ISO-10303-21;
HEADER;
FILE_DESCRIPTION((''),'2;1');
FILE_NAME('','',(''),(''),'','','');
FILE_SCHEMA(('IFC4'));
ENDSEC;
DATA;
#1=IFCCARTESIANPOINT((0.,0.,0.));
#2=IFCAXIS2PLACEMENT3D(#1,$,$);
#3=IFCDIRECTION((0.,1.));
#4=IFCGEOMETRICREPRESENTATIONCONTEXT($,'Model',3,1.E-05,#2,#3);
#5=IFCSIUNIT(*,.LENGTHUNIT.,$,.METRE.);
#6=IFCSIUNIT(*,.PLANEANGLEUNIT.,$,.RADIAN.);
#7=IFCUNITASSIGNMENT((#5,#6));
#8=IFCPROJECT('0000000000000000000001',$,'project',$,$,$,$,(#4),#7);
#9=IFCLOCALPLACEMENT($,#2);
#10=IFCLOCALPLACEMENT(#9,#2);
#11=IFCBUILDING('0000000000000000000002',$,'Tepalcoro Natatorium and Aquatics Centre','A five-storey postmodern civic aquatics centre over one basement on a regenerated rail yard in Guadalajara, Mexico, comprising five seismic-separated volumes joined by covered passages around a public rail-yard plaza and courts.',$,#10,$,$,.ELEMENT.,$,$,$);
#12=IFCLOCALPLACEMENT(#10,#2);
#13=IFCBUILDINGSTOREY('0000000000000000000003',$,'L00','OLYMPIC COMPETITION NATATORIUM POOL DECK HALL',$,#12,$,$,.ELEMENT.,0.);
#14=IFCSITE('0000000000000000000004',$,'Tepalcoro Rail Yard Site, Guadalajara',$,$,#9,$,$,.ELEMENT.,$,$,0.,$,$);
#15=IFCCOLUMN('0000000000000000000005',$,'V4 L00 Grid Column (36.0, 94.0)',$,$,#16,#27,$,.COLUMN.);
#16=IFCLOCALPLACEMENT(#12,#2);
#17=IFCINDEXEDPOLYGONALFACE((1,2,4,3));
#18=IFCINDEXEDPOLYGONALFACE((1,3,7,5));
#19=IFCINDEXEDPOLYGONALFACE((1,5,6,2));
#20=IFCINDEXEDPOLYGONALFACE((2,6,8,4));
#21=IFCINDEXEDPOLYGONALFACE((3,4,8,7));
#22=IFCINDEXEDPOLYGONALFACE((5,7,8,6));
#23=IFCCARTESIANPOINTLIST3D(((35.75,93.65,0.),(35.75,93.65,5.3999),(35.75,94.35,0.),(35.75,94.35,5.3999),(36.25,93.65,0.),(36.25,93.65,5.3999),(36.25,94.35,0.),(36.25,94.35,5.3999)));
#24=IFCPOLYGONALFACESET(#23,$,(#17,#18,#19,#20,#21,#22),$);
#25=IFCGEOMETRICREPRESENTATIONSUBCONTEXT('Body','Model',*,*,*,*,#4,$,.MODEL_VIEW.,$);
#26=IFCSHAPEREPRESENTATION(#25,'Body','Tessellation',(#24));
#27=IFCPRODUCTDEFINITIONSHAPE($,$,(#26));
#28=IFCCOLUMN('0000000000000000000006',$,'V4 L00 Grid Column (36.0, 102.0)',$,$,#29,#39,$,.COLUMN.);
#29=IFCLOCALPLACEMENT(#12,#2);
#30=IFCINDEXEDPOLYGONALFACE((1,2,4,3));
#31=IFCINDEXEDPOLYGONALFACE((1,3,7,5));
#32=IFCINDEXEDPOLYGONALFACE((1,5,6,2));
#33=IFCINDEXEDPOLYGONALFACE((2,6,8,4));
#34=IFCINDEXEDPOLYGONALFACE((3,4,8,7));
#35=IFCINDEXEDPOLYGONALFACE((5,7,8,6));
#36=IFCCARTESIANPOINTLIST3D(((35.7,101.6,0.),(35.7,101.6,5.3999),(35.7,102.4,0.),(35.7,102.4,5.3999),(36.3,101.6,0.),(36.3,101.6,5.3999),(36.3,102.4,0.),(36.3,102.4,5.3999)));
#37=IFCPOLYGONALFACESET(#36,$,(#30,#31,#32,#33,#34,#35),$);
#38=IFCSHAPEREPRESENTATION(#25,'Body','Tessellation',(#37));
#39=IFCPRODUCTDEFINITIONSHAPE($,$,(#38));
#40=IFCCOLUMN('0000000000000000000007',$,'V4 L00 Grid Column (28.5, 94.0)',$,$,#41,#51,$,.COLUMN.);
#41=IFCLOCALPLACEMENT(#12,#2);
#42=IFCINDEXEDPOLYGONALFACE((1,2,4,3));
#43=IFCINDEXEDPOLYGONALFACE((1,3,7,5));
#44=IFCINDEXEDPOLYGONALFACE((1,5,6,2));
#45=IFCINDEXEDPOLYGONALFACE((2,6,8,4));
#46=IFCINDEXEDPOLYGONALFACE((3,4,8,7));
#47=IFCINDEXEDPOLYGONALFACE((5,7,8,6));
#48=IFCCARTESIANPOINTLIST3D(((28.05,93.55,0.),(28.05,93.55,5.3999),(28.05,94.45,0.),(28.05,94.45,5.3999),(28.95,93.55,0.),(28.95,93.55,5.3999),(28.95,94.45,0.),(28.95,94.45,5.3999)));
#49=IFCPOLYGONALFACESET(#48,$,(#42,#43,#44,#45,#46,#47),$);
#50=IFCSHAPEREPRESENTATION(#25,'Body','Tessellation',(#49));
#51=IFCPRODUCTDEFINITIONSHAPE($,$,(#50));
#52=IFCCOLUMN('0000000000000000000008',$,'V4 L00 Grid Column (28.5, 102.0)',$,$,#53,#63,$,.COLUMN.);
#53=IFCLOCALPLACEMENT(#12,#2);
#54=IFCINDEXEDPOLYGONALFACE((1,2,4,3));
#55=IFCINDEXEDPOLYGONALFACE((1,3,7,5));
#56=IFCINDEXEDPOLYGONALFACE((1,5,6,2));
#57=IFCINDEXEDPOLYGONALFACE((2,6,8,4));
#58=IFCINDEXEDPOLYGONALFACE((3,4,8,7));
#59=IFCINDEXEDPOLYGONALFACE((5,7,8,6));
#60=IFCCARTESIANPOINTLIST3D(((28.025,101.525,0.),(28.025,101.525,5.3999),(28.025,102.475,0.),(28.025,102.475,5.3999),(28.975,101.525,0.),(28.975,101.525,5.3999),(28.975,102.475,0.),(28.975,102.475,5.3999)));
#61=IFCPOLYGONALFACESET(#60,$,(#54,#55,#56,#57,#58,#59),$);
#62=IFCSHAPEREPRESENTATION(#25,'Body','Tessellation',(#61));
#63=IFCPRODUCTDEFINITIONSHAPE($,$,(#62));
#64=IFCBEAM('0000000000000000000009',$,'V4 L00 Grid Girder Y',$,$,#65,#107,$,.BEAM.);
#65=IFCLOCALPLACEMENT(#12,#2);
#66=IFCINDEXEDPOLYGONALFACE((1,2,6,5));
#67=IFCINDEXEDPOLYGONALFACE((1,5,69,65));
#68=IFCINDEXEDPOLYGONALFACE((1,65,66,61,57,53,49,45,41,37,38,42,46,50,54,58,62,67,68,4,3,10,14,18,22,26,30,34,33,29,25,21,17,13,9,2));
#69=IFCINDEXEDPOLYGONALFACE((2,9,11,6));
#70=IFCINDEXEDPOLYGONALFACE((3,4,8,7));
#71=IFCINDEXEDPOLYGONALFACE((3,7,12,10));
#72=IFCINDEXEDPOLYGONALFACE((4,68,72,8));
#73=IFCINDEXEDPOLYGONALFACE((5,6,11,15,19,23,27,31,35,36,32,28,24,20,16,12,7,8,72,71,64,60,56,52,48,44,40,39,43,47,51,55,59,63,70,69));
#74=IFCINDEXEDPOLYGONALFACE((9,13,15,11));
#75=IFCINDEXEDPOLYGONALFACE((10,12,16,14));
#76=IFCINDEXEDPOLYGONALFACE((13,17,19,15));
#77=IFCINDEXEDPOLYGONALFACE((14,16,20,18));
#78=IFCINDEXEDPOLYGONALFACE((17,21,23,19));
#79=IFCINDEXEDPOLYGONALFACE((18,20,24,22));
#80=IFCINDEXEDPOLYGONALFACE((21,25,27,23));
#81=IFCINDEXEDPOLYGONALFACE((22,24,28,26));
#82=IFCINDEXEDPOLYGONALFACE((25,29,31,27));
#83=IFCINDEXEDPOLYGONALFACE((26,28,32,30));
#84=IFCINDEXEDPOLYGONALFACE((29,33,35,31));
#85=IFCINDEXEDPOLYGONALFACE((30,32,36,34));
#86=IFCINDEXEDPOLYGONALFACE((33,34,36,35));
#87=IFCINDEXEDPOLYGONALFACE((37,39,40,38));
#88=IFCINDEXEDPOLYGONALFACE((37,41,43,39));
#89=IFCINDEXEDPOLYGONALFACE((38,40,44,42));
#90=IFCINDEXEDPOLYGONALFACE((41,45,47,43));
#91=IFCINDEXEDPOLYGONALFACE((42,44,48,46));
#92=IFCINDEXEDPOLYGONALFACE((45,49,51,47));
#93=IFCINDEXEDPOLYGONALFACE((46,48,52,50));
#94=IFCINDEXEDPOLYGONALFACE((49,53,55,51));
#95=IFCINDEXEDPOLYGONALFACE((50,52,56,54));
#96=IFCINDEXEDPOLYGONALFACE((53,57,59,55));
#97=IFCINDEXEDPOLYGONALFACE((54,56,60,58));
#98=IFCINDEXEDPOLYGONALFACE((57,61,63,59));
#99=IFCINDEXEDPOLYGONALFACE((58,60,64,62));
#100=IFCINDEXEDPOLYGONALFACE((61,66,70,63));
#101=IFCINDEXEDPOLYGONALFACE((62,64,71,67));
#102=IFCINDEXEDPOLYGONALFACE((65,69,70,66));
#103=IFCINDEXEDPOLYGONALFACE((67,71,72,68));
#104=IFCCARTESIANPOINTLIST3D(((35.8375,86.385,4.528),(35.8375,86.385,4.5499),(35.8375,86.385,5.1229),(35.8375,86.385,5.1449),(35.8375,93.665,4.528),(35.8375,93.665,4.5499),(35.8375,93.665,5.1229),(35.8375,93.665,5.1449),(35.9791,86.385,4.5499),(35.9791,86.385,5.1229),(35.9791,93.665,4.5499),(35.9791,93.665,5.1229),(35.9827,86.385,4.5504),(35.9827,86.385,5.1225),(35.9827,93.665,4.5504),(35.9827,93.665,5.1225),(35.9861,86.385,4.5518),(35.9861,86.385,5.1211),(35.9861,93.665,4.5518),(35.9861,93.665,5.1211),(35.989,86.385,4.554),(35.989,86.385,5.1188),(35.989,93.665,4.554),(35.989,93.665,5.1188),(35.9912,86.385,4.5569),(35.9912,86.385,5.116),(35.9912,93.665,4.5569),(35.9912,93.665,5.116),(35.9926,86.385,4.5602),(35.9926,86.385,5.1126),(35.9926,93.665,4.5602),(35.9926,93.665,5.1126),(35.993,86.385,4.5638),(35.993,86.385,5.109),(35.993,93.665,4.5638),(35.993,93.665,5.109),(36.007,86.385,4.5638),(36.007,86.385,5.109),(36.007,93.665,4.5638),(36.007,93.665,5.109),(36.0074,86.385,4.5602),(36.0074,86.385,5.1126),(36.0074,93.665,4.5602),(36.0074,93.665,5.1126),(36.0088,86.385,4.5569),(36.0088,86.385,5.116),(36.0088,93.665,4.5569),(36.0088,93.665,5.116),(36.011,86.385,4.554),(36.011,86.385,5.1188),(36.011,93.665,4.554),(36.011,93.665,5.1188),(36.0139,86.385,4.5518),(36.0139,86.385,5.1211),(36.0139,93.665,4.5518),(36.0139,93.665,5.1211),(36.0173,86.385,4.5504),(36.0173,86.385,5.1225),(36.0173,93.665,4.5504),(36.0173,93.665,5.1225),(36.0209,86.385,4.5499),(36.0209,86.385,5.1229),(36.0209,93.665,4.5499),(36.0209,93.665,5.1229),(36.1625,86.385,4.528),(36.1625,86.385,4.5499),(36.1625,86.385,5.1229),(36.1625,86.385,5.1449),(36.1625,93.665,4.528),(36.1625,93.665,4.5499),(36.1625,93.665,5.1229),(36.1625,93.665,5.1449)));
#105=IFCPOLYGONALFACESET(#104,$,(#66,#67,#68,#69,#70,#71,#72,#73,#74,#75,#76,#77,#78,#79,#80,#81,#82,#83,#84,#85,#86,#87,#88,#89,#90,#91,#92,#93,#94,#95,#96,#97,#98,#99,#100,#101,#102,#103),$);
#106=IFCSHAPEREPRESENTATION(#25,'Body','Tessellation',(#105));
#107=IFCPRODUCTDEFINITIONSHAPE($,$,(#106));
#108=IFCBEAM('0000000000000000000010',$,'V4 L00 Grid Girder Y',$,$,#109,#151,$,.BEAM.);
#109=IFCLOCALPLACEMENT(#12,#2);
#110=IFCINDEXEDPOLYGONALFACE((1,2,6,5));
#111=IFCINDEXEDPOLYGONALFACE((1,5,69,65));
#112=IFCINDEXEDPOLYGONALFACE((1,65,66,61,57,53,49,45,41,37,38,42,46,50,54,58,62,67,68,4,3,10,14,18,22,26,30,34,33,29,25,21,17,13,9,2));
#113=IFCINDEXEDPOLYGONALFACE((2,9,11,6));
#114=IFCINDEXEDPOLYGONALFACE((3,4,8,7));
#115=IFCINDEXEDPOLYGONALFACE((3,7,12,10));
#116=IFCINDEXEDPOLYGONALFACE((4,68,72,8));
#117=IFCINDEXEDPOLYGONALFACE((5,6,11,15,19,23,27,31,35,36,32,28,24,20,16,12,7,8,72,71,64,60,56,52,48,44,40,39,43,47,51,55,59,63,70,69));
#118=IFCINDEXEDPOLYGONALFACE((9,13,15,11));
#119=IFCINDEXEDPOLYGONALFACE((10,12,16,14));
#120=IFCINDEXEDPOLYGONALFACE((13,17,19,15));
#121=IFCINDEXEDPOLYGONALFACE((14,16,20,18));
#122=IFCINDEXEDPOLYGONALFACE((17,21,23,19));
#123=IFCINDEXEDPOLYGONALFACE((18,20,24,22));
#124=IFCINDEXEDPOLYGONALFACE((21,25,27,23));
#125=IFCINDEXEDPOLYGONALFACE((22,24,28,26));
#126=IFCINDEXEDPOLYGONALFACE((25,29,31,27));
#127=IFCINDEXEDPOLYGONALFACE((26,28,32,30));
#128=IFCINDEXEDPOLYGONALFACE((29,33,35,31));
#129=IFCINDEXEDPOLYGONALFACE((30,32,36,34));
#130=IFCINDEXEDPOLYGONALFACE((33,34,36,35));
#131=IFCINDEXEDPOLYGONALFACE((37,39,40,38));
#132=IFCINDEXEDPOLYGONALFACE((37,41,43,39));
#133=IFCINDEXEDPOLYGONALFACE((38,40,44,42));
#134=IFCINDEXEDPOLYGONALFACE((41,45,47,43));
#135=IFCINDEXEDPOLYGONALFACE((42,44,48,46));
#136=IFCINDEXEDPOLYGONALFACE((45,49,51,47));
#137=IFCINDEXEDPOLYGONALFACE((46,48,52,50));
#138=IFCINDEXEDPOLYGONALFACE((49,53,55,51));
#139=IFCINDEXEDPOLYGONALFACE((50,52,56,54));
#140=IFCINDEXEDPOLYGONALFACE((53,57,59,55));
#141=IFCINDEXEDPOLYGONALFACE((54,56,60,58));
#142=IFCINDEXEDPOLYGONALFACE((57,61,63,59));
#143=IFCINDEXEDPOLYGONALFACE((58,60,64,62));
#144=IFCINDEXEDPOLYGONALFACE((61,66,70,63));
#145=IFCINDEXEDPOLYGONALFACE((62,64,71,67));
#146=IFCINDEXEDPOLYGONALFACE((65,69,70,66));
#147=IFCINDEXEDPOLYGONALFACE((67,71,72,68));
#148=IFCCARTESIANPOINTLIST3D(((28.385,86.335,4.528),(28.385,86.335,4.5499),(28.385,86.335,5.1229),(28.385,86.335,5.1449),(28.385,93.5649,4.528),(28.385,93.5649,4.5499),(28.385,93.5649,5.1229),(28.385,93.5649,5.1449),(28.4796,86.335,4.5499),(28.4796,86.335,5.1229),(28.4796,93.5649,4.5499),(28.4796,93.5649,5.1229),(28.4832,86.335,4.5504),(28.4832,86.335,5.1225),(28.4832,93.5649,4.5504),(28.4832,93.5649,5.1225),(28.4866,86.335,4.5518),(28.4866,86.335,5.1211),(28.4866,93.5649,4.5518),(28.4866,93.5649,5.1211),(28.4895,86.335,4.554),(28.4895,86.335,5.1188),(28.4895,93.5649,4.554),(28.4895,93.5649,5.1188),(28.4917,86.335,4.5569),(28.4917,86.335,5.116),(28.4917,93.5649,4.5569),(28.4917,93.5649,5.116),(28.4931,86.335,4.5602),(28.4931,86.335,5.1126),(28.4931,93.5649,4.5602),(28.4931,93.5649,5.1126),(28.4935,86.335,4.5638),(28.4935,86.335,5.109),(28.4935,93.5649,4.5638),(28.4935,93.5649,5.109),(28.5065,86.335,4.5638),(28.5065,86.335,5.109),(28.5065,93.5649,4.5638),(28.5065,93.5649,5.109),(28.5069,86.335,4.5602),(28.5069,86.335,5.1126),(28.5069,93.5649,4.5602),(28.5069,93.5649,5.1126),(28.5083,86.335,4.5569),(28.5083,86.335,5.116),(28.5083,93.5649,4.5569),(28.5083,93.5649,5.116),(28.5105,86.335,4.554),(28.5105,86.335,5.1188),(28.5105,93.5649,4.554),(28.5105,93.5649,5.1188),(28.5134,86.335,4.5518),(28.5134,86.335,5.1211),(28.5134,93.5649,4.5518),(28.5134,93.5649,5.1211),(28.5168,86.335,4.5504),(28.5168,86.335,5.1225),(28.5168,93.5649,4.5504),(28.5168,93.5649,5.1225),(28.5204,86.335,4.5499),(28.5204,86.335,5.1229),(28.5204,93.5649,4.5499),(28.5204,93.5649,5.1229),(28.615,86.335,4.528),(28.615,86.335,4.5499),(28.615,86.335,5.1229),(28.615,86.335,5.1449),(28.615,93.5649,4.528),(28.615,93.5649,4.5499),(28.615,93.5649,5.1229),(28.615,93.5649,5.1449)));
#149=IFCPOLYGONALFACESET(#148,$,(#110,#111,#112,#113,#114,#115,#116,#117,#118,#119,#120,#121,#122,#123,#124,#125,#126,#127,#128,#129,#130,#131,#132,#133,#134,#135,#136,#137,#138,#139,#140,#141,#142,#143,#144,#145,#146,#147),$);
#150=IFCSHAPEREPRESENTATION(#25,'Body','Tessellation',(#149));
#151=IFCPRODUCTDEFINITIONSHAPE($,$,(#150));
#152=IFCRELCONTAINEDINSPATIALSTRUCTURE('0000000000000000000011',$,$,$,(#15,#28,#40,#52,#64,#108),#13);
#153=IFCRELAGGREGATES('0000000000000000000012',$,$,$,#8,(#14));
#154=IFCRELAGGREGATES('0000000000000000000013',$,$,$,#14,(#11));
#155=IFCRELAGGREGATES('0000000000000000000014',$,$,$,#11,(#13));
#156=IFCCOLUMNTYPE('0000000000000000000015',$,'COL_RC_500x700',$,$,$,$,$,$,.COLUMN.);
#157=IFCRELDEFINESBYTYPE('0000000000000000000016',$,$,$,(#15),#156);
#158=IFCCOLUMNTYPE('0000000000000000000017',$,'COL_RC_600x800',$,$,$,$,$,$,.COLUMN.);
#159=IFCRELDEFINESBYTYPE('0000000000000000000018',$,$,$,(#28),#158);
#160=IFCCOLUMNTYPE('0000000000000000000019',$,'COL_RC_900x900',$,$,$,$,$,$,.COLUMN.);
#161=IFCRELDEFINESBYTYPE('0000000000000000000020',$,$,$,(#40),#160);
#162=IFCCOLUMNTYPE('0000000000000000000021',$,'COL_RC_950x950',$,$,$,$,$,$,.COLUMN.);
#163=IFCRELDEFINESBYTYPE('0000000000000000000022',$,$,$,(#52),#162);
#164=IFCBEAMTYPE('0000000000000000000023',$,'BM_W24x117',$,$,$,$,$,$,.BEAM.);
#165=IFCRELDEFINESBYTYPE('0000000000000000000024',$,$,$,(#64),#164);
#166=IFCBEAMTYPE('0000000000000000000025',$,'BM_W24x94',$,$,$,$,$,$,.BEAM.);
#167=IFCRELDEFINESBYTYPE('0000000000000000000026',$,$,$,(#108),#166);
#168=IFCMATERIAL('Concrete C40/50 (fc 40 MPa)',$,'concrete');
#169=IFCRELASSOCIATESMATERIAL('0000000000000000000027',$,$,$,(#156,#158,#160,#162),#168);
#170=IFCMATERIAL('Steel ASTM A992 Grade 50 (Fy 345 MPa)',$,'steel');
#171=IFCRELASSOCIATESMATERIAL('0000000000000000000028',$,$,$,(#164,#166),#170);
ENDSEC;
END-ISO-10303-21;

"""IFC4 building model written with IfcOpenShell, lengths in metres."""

from ifc_helpers import new_model, si_unit, direction, frame, origin, origin_2d, place, context, subcontext, project, spatial, rectangle, i_section, extrude, material, material_profile, profile_set, type_object, element, save


model = new_model("IFC4")

# Units and contexts
model_context = context("Model", 3, precision=1e-05, world=origin(), true_north=direction((0.0, 1.0)))
body_context = subcontext(model_context, "Body", "Model", "MODEL_VIEW")
ifc_project = project(units=[si_unit("LENGTHUNIT", "METRE"), si_unit("PLANEANGLEUNIT", "RADIAN")], contexts=[model_context])

# Site, building, storey
site_placement = place(None, origin())
site = spatial("IfcSite", under=ifc_project, at=site_placement, Name="Tepalcoro Rail Yard Site, Guadalajara", CompositionType="ELEMENT", RefElevation=0.0)
building_placement = place(site_placement, origin())
building = spatial("IfcBuilding", under=site, at=building_placement, Name="Tepalcoro Natatorium and Aquatics Centre", Description="A five-storey postmodern civic aquatics centre over one basement on a regenerated rail yard in Guadalajara, Mexico, comprising five seismic-separated volumes joined by covered passages around a public rail-yard plaza and courts.", CompositionType="ELEMENT")
storey_placement = place(building_placement, origin())
storey = spatial("IfcBuildingStorey", under=building, at=storey_placement, Name="L00", Description="OLYMPIC COMPETITION NATATORIUM POOL DECK HALL", CompositionType="ELEMENT", Elevation=0.0)

# Columns
ifc_material_1 = material(Name="Concrete C40/50 (fc 40 MPa)", Category="concrete")
ifc_material_profile_1 = material_profile(ifc_material_1, rectangle(XDim=0.5, YDim=0.7, at=origin_2d()), Name="RC500x700")
ifc_profile_set_1 = profile_set([ifc_material_profile_1], Name="Concrete C40/50 (fc 40 MPa)")
column_type_1 = type_object("IfcColumnType", Name="COL_RC_500x700", PredefinedType="COLUMN", material=ifc_profile_set_1)
column_1_placement = place(storey_placement, frame((36.0, 94.0, 0.0), z_axis=(0.0, 0.0, 1.0), x_axis=(1.0, 0.0, 0.0)))
element("IfcColumn", 1, at=column_1_placement, inside=storey, type_object=column_type_1, Name="V4 L00 Grid Column (36.0, 94.0)", PredefinedType="COLUMN", context=body_context, shape_type="SweptSolid", body=[
    extrude(rectangle(XDim=0.5, YDim=0.7, at=origin_2d()), origin(), (0.0, 0.0, 1.0), 5.3999),
])
ifc_material_profile_2 = material_profile(ifc_material_1, rectangle(XDim=0.6001, YDim=0.8, at=origin_2d()), Name="RC600x800")
ifc_profile_set_2 = profile_set([ifc_material_profile_2], Name="Concrete C40/50 (fc 40 MPa)")
column_type_2 = type_object("IfcColumnType", Name="COL_RC_600x800", PredefinedType="COLUMN", material=ifc_profile_set_2)
column_2_placement = place(storey_placement, frame((36.0, 102.0, 0.0), z_axis=(0.0, 0.0, 1.0), x_axis=(1.0, 0.0, 0.0)))
element("IfcColumn", 2, at=column_2_placement, inside=storey, type_object=column_type_2, Name="V4 L00 Grid Column (36.0, 102.0)", PredefinedType="COLUMN", context=body_context, shape_type="SweptSolid", body=[
    extrude(rectangle(XDim=0.6001, YDim=0.8, at=origin_2d()), origin(), (0.0, 0.0, 1.0), 5.3999),
])
ifc_material_profile_3 = material_profile(ifc_material_1, rectangle(XDim=0.8999, YDim=0.8999, at=origin_2d()), Name="RC900x900")
ifc_profile_set_3 = profile_set([ifc_material_profile_3], Name="Concrete C40/50 (fc 40 MPa)")
column_type_3 = type_object("IfcColumnType", Name="COL_RC_900x900", PredefinedType="COLUMN", material=ifc_profile_set_3)
column_3_placement = place(storey_placement, frame((28.5, 94.0, 0.0), z_axis=(0.0, 0.0, 1.0), x_axis=(1.0, 0.0, 0.0)))
element("IfcColumn", 3, at=column_3_placement, inside=storey, type_object=column_type_3, Name="V4 L00 Grid Column (28.5, 94.0)", PredefinedType="COLUMN", context=body_context, shape_type="SweptSolid", body=[
    extrude(rectangle(XDim=0.8999, YDim=0.8999, at=origin_2d()), origin(), (0.0, 0.0, 1.0), 5.3999),
])
ifc_material_profile_4 = material_profile(ifc_material_1, rectangle(XDim=0.95, YDim=0.95, at=origin_2d()), Name="RC950x950")
ifc_profile_set_4 = profile_set([ifc_material_profile_4], Name="Concrete C40/50 (fc 40 MPa)")
column_type_4 = type_object("IfcColumnType", Name="COL_RC_950x950", PredefinedType="COLUMN", material=ifc_profile_set_4)
column_4_placement = place(storey_placement, frame((28.5, 102.0, 0.0), z_axis=(0.0, 0.0, 1.0), x_axis=(1.0, 0.0, 0.0)))
element("IfcColumn", 4, at=column_4_placement, inside=storey, type_object=column_type_4, Name="V4 L00 Grid Column (28.5, 102.0)", PredefinedType="COLUMN", context=body_context, shape_type="SweptSolid", body=[
    extrude(rectangle(XDim=0.95, YDim=0.95, at=origin_2d()), origin(), (0.0, 0.0, 1.0), 5.3999),
])

# Beams
ifc_material_2 = material(Name="Steel ASTM A992 Grade 50 (Fy 345 MPa)", Category="steel")
ifc_material_profile_5 = material_profile(ifc_material_2, i_section(OverallWidth=0.325, OverallDepth=0.6169, WebThickness=0.0139, FlangeThickness=0.022, FilletRadius=0.0139, at=origin_2d()), Name="W24X117")
ifc_profile_set_5 = profile_set([ifc_material_profile_5], Name="Steel ASTM A992 Grade 50 (Fy 345 MPa)")
beam_type_1 = type_object("IfcBeamType", Name="BM_W24x117", PredefinedType="BEAM", material=ifc_profile_set_5)
beam_1_placement = place(storey_placement, frame((36.0, 86.385, 4.8364), z_axis=(0.0, 1.0, 0.0), x_axis=(-1.0, 0.0, 0.0)))
element("IfcBeam", 5, at=beam_1_placement, inside=storey, type_object=beam_type_1, Name="V4 L00 Grid Girder Y", PredefinedType="BEAM", context=body_context, shape_type="SweptSolid", body=[
    extrude(i_section(OverallWidth=0.325, OverallDepth=0.6169, WebThickness=0.0139, FlangeThickness=0.022, FilletRadius=0.0139, at=origin_2d()), origin(), (0.0, 0.0, 1.0), 7.28),
])
ifc_material_profile_6 = material_profile(ifc_material_2, i_section(OverallWidth=0.23, OverallDepth=0.6169, WebThickness=0.0129, FlangeThickness=0.022, FilletRadius=0.0139, at=origin_2d()), Name="W24X94")
ifc_profile_set_6 = profile_set([ifc_material_profile_6], Name="Steel ASTM A992 Grade 50 (Fy 345 MPa)")
beam_type_2 = type_object("IfcBeamType", Name="BM_W24x94", PredefinedType="BEAM", material=ifc_profile_set_6)
beam_2_placement = place(storey_placement, frame((28.5, 86.335, 4.8364), z_axis=(0.0, 1.0, 0.0), x_axis=(-1.0, 0.0, 0.0)))
element("IfcBeam", 6, at=beam_2_placement, inside=storey, type_object=beam_type_2, Name="V4 L00 Grid Girder Y", PredefinedType="BEAM", context=body_context, shape_type="SweptSolid", body=[
    extrude(i_section(OverallWidth=0.23, OverallDepth=0.6169, WebThickness=0.0129, FlangeThickness=0.022, FilletRadius=0.0139, at=origin_2d()), origin(), (0.0, 0.0, 1.0), 7.23),
])

save(model, "model.ifc")
